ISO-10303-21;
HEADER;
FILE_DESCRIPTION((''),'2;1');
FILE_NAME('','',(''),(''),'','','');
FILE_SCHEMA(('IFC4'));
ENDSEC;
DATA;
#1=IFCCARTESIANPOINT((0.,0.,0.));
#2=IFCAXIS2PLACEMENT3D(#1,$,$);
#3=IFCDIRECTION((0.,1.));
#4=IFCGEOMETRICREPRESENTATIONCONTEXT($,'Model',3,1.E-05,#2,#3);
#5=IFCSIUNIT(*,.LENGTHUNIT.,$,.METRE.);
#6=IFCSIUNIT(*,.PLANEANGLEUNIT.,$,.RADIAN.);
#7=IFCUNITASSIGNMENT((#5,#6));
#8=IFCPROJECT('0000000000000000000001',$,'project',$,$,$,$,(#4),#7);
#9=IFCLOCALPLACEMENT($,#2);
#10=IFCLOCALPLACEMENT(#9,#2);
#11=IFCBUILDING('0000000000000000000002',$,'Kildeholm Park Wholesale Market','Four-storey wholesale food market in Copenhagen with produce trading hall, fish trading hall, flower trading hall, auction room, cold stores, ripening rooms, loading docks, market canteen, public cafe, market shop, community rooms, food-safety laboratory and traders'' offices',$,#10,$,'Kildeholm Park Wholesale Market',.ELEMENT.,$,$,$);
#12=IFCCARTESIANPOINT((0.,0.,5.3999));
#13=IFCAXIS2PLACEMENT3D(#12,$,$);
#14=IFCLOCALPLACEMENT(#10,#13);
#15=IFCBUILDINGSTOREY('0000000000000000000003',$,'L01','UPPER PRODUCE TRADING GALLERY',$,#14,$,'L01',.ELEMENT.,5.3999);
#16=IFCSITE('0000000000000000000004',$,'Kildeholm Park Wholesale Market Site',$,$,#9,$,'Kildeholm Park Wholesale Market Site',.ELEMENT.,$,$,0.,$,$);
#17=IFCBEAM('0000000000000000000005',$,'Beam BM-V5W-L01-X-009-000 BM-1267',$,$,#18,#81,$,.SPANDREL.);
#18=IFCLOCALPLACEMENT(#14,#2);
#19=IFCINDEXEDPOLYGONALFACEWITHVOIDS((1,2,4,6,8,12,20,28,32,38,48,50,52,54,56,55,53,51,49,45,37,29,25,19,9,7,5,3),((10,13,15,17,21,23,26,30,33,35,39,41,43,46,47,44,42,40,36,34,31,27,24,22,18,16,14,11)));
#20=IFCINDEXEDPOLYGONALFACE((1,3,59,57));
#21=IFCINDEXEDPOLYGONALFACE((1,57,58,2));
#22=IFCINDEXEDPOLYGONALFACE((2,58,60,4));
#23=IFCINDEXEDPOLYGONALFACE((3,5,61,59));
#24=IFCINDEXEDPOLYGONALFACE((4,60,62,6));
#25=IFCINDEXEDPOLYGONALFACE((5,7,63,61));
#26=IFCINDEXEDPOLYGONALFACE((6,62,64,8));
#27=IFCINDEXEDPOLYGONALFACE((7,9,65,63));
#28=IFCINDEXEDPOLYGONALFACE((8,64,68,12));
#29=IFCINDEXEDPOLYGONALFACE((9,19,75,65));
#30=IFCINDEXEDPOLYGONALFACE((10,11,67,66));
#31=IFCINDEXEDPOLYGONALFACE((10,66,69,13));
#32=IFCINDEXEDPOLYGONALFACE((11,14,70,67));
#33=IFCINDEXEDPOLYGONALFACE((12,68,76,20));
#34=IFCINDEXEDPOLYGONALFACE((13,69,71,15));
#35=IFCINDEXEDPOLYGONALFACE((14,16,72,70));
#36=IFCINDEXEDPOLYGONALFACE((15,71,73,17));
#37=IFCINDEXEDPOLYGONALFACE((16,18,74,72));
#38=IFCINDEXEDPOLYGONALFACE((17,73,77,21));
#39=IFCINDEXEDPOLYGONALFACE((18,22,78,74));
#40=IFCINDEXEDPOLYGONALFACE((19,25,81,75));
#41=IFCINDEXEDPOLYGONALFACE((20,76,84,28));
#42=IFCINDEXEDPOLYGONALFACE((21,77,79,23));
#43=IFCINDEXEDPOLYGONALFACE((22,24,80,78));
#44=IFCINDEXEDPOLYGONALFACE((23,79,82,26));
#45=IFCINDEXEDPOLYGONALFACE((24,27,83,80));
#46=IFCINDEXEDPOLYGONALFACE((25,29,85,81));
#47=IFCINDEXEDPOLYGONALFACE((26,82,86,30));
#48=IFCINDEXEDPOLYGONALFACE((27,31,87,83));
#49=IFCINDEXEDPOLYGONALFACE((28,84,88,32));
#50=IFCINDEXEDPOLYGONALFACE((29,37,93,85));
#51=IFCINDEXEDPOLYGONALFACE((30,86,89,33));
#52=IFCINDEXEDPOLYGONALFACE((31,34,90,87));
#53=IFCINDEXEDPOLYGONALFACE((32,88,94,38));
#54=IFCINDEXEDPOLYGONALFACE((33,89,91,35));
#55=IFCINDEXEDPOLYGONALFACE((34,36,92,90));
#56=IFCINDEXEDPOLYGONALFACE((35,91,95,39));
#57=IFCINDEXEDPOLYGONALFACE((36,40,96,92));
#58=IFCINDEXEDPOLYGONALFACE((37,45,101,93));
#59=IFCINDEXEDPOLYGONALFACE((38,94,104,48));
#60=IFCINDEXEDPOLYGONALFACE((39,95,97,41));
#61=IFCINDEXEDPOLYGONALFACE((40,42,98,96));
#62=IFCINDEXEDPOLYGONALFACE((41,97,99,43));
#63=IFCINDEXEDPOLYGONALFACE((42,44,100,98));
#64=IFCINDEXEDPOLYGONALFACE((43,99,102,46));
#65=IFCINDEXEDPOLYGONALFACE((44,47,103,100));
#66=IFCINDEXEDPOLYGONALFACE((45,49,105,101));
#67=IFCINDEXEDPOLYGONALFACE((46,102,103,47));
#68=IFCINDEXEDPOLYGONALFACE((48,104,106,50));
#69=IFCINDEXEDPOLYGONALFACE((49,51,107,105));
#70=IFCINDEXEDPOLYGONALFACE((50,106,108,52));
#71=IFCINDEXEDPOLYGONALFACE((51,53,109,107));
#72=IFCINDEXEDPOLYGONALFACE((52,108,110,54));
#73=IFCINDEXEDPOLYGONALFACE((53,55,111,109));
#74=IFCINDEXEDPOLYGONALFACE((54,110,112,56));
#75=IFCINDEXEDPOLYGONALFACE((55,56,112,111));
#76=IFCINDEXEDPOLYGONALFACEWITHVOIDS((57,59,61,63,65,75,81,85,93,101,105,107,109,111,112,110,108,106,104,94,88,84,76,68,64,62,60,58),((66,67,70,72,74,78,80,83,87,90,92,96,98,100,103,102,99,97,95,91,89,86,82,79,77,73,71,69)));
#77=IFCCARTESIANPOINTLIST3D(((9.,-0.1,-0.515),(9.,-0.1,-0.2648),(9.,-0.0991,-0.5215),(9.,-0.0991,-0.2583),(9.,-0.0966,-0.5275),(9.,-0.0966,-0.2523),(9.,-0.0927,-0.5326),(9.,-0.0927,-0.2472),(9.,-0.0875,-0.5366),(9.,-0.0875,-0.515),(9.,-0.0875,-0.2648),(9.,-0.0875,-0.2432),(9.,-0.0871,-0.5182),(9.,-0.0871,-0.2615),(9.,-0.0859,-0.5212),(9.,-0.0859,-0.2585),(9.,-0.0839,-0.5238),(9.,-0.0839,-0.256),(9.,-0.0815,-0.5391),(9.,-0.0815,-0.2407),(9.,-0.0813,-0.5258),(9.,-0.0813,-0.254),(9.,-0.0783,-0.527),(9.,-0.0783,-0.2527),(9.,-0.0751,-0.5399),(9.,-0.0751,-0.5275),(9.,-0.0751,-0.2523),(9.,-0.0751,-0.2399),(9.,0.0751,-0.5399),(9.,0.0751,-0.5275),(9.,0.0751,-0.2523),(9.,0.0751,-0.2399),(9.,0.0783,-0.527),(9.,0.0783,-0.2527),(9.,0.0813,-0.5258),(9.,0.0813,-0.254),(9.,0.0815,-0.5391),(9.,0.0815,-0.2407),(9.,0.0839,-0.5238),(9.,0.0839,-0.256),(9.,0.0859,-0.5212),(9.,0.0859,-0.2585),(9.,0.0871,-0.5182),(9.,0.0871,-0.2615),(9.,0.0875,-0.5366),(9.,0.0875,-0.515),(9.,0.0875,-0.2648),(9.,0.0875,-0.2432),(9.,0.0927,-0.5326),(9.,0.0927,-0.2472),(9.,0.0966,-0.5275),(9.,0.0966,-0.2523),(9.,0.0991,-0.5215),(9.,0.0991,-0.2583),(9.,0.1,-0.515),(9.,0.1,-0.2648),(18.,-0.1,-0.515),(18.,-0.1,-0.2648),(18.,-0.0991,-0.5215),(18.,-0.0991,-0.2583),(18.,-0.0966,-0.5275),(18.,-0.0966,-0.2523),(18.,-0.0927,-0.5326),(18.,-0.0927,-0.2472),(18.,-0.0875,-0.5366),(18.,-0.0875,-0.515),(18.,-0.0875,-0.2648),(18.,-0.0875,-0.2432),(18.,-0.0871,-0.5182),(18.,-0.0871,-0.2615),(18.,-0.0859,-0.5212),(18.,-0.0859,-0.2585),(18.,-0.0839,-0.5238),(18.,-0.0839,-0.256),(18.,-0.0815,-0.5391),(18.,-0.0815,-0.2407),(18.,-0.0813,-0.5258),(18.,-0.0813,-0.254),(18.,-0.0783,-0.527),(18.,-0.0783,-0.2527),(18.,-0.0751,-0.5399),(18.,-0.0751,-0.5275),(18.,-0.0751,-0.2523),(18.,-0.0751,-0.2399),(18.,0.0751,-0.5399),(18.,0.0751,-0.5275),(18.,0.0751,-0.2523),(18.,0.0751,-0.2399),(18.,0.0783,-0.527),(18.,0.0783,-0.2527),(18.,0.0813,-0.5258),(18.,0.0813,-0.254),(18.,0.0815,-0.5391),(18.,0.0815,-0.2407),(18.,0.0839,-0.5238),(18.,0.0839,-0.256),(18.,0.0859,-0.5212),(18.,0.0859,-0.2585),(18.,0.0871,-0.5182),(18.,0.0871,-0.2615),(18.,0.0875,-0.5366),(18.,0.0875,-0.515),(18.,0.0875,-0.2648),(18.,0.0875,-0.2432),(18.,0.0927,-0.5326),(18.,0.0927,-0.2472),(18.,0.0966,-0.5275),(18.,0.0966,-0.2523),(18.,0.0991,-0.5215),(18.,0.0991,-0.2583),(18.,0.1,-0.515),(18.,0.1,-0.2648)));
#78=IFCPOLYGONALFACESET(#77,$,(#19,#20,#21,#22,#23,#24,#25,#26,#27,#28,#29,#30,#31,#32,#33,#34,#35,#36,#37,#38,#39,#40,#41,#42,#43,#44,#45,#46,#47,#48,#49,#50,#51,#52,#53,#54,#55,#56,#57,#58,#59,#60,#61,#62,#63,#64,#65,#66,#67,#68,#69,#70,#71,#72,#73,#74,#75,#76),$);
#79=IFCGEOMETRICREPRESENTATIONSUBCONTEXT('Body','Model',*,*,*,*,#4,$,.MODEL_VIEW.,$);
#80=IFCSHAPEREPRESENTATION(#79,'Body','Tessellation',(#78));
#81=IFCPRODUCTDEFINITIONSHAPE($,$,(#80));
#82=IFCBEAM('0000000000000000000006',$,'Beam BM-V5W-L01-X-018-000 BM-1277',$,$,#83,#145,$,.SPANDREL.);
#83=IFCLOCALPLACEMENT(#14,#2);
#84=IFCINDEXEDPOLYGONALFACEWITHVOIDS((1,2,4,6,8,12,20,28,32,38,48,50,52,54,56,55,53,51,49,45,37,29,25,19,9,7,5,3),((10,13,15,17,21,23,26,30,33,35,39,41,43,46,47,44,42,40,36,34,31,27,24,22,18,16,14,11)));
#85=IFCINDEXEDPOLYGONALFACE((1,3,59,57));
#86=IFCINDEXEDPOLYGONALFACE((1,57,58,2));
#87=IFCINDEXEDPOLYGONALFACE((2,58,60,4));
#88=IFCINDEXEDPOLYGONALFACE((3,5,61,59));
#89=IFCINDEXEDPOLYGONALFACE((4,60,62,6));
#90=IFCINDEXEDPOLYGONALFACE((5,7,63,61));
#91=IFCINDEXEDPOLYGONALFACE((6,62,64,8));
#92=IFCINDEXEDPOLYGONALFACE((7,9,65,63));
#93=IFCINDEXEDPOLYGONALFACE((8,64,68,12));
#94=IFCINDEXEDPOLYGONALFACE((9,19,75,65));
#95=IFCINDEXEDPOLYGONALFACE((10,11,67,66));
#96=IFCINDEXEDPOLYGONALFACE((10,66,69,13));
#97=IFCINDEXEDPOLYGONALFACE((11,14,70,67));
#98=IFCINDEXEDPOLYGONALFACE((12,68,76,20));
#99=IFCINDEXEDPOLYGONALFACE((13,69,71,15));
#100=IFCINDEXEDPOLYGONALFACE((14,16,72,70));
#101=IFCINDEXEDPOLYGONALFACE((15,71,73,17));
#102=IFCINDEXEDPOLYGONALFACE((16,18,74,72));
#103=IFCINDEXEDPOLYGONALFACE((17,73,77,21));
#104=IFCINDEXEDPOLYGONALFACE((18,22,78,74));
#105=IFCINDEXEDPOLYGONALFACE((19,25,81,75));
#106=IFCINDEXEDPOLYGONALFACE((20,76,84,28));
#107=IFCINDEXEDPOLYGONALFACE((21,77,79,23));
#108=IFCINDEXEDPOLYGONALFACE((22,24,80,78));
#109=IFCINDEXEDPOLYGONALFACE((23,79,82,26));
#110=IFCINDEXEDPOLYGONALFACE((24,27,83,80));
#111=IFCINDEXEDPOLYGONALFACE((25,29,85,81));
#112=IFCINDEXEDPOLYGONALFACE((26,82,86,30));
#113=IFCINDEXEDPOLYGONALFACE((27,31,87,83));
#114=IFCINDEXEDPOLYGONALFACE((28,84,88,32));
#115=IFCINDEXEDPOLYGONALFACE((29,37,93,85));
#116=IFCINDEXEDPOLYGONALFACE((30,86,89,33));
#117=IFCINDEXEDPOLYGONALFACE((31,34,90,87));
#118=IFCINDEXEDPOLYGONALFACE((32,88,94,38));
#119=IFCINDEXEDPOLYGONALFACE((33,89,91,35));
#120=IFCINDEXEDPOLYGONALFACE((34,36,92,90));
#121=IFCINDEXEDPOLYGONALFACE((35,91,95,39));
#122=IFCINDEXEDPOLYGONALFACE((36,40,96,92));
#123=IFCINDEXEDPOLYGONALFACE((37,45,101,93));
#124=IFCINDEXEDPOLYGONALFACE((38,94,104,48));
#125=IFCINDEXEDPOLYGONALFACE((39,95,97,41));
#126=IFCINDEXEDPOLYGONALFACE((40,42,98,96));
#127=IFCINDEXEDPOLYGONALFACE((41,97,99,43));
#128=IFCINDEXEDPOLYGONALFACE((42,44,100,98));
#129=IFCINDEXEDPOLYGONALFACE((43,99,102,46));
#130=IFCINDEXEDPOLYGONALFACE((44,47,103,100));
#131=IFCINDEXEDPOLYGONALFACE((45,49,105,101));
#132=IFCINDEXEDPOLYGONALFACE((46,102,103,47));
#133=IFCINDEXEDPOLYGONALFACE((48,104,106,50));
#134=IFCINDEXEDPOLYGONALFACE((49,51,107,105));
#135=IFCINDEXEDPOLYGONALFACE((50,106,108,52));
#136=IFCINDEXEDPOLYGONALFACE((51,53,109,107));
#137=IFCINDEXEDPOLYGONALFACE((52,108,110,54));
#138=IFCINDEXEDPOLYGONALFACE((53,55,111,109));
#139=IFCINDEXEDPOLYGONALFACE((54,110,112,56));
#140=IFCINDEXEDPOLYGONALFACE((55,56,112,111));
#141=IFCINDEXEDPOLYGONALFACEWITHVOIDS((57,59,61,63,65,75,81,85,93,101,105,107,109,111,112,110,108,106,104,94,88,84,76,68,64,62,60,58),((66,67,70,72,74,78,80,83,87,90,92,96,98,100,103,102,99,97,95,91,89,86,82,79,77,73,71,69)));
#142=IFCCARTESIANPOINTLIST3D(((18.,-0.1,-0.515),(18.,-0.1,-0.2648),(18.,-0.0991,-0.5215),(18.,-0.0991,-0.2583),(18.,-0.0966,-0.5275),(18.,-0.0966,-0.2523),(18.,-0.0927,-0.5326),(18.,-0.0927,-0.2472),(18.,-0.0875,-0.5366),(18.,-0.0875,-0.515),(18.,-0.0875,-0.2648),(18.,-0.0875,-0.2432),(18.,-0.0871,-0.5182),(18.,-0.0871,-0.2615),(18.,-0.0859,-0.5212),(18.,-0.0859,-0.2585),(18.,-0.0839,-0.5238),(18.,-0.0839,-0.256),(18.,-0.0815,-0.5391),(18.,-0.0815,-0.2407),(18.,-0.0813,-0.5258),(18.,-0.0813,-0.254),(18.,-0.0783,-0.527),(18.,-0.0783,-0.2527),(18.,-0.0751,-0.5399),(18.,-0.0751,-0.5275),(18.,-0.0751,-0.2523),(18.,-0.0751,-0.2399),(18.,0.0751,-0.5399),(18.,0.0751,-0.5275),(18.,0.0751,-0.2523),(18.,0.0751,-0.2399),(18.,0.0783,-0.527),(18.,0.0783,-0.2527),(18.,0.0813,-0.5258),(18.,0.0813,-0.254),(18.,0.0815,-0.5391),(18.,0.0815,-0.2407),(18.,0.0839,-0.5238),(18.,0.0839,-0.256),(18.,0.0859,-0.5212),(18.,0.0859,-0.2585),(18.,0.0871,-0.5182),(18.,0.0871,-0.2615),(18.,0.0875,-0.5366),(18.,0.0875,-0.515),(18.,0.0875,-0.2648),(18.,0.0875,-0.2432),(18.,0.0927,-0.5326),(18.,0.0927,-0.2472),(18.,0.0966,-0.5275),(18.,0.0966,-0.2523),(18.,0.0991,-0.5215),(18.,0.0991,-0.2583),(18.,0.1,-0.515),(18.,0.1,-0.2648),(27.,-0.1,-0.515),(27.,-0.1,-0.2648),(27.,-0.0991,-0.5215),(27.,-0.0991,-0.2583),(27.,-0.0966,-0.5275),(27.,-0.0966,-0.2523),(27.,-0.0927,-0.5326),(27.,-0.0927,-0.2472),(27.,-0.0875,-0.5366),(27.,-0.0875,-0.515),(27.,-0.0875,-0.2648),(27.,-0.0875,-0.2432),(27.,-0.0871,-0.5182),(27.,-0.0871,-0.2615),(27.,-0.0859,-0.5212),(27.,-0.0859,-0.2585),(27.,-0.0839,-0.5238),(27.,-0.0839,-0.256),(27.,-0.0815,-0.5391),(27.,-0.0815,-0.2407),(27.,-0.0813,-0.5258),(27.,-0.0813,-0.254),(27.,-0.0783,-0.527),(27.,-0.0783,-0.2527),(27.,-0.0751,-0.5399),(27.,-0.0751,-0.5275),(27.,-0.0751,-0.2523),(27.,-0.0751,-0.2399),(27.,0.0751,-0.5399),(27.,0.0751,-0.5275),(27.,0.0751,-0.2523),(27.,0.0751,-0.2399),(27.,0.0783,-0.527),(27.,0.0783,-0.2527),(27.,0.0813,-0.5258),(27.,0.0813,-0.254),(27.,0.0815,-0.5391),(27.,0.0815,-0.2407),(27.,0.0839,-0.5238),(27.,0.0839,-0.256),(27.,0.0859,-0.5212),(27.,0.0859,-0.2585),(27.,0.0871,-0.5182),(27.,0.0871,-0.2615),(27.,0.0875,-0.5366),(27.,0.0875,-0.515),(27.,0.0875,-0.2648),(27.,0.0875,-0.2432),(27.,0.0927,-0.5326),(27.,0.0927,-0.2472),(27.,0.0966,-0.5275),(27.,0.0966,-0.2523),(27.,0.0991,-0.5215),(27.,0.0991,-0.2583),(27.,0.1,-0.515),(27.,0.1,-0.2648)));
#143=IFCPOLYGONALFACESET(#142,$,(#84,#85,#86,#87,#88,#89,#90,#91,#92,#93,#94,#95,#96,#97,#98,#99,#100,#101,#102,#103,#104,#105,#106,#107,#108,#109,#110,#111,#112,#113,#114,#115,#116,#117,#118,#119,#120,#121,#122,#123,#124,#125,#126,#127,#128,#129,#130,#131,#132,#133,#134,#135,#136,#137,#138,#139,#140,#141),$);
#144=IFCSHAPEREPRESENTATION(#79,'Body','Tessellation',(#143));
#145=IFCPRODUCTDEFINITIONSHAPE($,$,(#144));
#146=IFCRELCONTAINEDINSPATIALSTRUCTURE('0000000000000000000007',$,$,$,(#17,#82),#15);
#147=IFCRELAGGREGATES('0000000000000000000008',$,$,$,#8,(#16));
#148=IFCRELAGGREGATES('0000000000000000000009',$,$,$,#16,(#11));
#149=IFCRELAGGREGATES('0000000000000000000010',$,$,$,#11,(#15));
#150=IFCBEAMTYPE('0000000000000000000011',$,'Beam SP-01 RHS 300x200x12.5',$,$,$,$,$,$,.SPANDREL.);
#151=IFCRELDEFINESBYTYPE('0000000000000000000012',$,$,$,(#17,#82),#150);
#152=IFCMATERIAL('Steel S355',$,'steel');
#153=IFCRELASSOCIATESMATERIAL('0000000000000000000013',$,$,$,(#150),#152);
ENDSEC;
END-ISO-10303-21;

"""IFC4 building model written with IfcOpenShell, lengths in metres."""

from ifc_helpers import new_model, si_unit, direction, frame, origin, origin_2d, place, context, subcontext, project, spatial, hollow_rectangle, extrude, material, material_profile, profile_set, type_object, element, save


model = new_model("IFC4")

# Units and contexts
model_context = context("Model", 3, precision=1e-05, world=origin(), true_north=direction((0.0, 1.0)))
body_context = subcontext(model_context, "Body", "Model", "MODEL_VIEW")
ifc_project = project(units=[si_unit("LENGTHUNIT", "METRE"), si_unit("PLANEANGLEUNIT", "RADIAN")], contexts=[model_context])

# Site, building, storey
site_placement = place(None, origin())
site = spatial("IfcSite", under=ifc_project, at=site_placement, Name="Kildeholm Park Wholesale Market Site", LongName="Kildeholm Park Wholesale Market Site", CompositionType="ELEMENT", RefElevation=0.0)
building_placement = place(site_placement, origin())
building = spatial("IfcBuilding", under=site, at=building_placement, Name="Kildeholm Park Wholesale Market", Description="Four-storey wholesale food market in Copenhagen with produce trading hall, fish trading hall, flower trading hall, auction room, cold stores, ripening rooms, loading docks, market canteen, public cafe, market shop, community rooms, food-safety laboratory and traders' offices", LongName="Kildeholm Park Wholesale Market", CompositionType="ELEMENT")
storey_placement = place(building_placement, frame((0.0, 0.0, 5.3999)))
storey = spatial("IfcBuildingStorey", under=building, at=storey_placement, Name="L01", Description="UPPER PRODUCE TRADING GALLERY", LongName="L01", CompositionType="ELEMENT", Elevation=5.3999)

# Shared definitions
ifc_material_1 = material(Name="Steel S355", Category="steel")

# Beams
ifc_material_profile_1 = material_profile(ifc_material_1, hollow_rectangle(XDim=0.2, YDim=0.3, WallThickness=0.0125, InnerFilletRadius=0.0125, OuterFilletRadius=0.0249, at=origin_2d()), Name="RHS 300x200x12.5")
ifc_profile_set_1 = profile_set([ifc_material_profile_1], Name="Steel S355")
beam_type_1 = type_object("IfcBeamType", Name="Beam SP-01 RHS 300x200x12.5", PredefinedType="SPANDREL", material=ifc_profile_set_1)
for number, where, z_axis, x_axis, name in (
    (1, (9.0, 0.0, -0.3899), (1.0, 0.0, 0.0), (0.0, 1.0, 0.0), "Beam BM-V5W-L01-X-009-000 BM-1267"),
    (2, (18.0, 0.0, -0.3899), (1.0, 0.0, 0.0), (0.0, 1.0, 0.0), "Beam BM-V5W-L01-X-018-000 BM-1277"),
):
    element("IfcBeam", number, at=place(storey_placement, frame(where, z_axis=z_axis, x_axis=x_axis)), inside=storey, type_object=beam_type_1, Name=name, PredefinedType="SPANDREL", context=body_context, shape_type="SweptSolid", body=[
        extrude(hollow_rectangle(XDim=0.2, YDim=0.3, WallThickness=0.0125, InnerFilletRadius=0.0125, OuterFilletRadius=0.0249, at=origin_2d()), origin(), (0.0, 0.0, 1.0), 9.0),
    ])

save(model, "model.ifc")
